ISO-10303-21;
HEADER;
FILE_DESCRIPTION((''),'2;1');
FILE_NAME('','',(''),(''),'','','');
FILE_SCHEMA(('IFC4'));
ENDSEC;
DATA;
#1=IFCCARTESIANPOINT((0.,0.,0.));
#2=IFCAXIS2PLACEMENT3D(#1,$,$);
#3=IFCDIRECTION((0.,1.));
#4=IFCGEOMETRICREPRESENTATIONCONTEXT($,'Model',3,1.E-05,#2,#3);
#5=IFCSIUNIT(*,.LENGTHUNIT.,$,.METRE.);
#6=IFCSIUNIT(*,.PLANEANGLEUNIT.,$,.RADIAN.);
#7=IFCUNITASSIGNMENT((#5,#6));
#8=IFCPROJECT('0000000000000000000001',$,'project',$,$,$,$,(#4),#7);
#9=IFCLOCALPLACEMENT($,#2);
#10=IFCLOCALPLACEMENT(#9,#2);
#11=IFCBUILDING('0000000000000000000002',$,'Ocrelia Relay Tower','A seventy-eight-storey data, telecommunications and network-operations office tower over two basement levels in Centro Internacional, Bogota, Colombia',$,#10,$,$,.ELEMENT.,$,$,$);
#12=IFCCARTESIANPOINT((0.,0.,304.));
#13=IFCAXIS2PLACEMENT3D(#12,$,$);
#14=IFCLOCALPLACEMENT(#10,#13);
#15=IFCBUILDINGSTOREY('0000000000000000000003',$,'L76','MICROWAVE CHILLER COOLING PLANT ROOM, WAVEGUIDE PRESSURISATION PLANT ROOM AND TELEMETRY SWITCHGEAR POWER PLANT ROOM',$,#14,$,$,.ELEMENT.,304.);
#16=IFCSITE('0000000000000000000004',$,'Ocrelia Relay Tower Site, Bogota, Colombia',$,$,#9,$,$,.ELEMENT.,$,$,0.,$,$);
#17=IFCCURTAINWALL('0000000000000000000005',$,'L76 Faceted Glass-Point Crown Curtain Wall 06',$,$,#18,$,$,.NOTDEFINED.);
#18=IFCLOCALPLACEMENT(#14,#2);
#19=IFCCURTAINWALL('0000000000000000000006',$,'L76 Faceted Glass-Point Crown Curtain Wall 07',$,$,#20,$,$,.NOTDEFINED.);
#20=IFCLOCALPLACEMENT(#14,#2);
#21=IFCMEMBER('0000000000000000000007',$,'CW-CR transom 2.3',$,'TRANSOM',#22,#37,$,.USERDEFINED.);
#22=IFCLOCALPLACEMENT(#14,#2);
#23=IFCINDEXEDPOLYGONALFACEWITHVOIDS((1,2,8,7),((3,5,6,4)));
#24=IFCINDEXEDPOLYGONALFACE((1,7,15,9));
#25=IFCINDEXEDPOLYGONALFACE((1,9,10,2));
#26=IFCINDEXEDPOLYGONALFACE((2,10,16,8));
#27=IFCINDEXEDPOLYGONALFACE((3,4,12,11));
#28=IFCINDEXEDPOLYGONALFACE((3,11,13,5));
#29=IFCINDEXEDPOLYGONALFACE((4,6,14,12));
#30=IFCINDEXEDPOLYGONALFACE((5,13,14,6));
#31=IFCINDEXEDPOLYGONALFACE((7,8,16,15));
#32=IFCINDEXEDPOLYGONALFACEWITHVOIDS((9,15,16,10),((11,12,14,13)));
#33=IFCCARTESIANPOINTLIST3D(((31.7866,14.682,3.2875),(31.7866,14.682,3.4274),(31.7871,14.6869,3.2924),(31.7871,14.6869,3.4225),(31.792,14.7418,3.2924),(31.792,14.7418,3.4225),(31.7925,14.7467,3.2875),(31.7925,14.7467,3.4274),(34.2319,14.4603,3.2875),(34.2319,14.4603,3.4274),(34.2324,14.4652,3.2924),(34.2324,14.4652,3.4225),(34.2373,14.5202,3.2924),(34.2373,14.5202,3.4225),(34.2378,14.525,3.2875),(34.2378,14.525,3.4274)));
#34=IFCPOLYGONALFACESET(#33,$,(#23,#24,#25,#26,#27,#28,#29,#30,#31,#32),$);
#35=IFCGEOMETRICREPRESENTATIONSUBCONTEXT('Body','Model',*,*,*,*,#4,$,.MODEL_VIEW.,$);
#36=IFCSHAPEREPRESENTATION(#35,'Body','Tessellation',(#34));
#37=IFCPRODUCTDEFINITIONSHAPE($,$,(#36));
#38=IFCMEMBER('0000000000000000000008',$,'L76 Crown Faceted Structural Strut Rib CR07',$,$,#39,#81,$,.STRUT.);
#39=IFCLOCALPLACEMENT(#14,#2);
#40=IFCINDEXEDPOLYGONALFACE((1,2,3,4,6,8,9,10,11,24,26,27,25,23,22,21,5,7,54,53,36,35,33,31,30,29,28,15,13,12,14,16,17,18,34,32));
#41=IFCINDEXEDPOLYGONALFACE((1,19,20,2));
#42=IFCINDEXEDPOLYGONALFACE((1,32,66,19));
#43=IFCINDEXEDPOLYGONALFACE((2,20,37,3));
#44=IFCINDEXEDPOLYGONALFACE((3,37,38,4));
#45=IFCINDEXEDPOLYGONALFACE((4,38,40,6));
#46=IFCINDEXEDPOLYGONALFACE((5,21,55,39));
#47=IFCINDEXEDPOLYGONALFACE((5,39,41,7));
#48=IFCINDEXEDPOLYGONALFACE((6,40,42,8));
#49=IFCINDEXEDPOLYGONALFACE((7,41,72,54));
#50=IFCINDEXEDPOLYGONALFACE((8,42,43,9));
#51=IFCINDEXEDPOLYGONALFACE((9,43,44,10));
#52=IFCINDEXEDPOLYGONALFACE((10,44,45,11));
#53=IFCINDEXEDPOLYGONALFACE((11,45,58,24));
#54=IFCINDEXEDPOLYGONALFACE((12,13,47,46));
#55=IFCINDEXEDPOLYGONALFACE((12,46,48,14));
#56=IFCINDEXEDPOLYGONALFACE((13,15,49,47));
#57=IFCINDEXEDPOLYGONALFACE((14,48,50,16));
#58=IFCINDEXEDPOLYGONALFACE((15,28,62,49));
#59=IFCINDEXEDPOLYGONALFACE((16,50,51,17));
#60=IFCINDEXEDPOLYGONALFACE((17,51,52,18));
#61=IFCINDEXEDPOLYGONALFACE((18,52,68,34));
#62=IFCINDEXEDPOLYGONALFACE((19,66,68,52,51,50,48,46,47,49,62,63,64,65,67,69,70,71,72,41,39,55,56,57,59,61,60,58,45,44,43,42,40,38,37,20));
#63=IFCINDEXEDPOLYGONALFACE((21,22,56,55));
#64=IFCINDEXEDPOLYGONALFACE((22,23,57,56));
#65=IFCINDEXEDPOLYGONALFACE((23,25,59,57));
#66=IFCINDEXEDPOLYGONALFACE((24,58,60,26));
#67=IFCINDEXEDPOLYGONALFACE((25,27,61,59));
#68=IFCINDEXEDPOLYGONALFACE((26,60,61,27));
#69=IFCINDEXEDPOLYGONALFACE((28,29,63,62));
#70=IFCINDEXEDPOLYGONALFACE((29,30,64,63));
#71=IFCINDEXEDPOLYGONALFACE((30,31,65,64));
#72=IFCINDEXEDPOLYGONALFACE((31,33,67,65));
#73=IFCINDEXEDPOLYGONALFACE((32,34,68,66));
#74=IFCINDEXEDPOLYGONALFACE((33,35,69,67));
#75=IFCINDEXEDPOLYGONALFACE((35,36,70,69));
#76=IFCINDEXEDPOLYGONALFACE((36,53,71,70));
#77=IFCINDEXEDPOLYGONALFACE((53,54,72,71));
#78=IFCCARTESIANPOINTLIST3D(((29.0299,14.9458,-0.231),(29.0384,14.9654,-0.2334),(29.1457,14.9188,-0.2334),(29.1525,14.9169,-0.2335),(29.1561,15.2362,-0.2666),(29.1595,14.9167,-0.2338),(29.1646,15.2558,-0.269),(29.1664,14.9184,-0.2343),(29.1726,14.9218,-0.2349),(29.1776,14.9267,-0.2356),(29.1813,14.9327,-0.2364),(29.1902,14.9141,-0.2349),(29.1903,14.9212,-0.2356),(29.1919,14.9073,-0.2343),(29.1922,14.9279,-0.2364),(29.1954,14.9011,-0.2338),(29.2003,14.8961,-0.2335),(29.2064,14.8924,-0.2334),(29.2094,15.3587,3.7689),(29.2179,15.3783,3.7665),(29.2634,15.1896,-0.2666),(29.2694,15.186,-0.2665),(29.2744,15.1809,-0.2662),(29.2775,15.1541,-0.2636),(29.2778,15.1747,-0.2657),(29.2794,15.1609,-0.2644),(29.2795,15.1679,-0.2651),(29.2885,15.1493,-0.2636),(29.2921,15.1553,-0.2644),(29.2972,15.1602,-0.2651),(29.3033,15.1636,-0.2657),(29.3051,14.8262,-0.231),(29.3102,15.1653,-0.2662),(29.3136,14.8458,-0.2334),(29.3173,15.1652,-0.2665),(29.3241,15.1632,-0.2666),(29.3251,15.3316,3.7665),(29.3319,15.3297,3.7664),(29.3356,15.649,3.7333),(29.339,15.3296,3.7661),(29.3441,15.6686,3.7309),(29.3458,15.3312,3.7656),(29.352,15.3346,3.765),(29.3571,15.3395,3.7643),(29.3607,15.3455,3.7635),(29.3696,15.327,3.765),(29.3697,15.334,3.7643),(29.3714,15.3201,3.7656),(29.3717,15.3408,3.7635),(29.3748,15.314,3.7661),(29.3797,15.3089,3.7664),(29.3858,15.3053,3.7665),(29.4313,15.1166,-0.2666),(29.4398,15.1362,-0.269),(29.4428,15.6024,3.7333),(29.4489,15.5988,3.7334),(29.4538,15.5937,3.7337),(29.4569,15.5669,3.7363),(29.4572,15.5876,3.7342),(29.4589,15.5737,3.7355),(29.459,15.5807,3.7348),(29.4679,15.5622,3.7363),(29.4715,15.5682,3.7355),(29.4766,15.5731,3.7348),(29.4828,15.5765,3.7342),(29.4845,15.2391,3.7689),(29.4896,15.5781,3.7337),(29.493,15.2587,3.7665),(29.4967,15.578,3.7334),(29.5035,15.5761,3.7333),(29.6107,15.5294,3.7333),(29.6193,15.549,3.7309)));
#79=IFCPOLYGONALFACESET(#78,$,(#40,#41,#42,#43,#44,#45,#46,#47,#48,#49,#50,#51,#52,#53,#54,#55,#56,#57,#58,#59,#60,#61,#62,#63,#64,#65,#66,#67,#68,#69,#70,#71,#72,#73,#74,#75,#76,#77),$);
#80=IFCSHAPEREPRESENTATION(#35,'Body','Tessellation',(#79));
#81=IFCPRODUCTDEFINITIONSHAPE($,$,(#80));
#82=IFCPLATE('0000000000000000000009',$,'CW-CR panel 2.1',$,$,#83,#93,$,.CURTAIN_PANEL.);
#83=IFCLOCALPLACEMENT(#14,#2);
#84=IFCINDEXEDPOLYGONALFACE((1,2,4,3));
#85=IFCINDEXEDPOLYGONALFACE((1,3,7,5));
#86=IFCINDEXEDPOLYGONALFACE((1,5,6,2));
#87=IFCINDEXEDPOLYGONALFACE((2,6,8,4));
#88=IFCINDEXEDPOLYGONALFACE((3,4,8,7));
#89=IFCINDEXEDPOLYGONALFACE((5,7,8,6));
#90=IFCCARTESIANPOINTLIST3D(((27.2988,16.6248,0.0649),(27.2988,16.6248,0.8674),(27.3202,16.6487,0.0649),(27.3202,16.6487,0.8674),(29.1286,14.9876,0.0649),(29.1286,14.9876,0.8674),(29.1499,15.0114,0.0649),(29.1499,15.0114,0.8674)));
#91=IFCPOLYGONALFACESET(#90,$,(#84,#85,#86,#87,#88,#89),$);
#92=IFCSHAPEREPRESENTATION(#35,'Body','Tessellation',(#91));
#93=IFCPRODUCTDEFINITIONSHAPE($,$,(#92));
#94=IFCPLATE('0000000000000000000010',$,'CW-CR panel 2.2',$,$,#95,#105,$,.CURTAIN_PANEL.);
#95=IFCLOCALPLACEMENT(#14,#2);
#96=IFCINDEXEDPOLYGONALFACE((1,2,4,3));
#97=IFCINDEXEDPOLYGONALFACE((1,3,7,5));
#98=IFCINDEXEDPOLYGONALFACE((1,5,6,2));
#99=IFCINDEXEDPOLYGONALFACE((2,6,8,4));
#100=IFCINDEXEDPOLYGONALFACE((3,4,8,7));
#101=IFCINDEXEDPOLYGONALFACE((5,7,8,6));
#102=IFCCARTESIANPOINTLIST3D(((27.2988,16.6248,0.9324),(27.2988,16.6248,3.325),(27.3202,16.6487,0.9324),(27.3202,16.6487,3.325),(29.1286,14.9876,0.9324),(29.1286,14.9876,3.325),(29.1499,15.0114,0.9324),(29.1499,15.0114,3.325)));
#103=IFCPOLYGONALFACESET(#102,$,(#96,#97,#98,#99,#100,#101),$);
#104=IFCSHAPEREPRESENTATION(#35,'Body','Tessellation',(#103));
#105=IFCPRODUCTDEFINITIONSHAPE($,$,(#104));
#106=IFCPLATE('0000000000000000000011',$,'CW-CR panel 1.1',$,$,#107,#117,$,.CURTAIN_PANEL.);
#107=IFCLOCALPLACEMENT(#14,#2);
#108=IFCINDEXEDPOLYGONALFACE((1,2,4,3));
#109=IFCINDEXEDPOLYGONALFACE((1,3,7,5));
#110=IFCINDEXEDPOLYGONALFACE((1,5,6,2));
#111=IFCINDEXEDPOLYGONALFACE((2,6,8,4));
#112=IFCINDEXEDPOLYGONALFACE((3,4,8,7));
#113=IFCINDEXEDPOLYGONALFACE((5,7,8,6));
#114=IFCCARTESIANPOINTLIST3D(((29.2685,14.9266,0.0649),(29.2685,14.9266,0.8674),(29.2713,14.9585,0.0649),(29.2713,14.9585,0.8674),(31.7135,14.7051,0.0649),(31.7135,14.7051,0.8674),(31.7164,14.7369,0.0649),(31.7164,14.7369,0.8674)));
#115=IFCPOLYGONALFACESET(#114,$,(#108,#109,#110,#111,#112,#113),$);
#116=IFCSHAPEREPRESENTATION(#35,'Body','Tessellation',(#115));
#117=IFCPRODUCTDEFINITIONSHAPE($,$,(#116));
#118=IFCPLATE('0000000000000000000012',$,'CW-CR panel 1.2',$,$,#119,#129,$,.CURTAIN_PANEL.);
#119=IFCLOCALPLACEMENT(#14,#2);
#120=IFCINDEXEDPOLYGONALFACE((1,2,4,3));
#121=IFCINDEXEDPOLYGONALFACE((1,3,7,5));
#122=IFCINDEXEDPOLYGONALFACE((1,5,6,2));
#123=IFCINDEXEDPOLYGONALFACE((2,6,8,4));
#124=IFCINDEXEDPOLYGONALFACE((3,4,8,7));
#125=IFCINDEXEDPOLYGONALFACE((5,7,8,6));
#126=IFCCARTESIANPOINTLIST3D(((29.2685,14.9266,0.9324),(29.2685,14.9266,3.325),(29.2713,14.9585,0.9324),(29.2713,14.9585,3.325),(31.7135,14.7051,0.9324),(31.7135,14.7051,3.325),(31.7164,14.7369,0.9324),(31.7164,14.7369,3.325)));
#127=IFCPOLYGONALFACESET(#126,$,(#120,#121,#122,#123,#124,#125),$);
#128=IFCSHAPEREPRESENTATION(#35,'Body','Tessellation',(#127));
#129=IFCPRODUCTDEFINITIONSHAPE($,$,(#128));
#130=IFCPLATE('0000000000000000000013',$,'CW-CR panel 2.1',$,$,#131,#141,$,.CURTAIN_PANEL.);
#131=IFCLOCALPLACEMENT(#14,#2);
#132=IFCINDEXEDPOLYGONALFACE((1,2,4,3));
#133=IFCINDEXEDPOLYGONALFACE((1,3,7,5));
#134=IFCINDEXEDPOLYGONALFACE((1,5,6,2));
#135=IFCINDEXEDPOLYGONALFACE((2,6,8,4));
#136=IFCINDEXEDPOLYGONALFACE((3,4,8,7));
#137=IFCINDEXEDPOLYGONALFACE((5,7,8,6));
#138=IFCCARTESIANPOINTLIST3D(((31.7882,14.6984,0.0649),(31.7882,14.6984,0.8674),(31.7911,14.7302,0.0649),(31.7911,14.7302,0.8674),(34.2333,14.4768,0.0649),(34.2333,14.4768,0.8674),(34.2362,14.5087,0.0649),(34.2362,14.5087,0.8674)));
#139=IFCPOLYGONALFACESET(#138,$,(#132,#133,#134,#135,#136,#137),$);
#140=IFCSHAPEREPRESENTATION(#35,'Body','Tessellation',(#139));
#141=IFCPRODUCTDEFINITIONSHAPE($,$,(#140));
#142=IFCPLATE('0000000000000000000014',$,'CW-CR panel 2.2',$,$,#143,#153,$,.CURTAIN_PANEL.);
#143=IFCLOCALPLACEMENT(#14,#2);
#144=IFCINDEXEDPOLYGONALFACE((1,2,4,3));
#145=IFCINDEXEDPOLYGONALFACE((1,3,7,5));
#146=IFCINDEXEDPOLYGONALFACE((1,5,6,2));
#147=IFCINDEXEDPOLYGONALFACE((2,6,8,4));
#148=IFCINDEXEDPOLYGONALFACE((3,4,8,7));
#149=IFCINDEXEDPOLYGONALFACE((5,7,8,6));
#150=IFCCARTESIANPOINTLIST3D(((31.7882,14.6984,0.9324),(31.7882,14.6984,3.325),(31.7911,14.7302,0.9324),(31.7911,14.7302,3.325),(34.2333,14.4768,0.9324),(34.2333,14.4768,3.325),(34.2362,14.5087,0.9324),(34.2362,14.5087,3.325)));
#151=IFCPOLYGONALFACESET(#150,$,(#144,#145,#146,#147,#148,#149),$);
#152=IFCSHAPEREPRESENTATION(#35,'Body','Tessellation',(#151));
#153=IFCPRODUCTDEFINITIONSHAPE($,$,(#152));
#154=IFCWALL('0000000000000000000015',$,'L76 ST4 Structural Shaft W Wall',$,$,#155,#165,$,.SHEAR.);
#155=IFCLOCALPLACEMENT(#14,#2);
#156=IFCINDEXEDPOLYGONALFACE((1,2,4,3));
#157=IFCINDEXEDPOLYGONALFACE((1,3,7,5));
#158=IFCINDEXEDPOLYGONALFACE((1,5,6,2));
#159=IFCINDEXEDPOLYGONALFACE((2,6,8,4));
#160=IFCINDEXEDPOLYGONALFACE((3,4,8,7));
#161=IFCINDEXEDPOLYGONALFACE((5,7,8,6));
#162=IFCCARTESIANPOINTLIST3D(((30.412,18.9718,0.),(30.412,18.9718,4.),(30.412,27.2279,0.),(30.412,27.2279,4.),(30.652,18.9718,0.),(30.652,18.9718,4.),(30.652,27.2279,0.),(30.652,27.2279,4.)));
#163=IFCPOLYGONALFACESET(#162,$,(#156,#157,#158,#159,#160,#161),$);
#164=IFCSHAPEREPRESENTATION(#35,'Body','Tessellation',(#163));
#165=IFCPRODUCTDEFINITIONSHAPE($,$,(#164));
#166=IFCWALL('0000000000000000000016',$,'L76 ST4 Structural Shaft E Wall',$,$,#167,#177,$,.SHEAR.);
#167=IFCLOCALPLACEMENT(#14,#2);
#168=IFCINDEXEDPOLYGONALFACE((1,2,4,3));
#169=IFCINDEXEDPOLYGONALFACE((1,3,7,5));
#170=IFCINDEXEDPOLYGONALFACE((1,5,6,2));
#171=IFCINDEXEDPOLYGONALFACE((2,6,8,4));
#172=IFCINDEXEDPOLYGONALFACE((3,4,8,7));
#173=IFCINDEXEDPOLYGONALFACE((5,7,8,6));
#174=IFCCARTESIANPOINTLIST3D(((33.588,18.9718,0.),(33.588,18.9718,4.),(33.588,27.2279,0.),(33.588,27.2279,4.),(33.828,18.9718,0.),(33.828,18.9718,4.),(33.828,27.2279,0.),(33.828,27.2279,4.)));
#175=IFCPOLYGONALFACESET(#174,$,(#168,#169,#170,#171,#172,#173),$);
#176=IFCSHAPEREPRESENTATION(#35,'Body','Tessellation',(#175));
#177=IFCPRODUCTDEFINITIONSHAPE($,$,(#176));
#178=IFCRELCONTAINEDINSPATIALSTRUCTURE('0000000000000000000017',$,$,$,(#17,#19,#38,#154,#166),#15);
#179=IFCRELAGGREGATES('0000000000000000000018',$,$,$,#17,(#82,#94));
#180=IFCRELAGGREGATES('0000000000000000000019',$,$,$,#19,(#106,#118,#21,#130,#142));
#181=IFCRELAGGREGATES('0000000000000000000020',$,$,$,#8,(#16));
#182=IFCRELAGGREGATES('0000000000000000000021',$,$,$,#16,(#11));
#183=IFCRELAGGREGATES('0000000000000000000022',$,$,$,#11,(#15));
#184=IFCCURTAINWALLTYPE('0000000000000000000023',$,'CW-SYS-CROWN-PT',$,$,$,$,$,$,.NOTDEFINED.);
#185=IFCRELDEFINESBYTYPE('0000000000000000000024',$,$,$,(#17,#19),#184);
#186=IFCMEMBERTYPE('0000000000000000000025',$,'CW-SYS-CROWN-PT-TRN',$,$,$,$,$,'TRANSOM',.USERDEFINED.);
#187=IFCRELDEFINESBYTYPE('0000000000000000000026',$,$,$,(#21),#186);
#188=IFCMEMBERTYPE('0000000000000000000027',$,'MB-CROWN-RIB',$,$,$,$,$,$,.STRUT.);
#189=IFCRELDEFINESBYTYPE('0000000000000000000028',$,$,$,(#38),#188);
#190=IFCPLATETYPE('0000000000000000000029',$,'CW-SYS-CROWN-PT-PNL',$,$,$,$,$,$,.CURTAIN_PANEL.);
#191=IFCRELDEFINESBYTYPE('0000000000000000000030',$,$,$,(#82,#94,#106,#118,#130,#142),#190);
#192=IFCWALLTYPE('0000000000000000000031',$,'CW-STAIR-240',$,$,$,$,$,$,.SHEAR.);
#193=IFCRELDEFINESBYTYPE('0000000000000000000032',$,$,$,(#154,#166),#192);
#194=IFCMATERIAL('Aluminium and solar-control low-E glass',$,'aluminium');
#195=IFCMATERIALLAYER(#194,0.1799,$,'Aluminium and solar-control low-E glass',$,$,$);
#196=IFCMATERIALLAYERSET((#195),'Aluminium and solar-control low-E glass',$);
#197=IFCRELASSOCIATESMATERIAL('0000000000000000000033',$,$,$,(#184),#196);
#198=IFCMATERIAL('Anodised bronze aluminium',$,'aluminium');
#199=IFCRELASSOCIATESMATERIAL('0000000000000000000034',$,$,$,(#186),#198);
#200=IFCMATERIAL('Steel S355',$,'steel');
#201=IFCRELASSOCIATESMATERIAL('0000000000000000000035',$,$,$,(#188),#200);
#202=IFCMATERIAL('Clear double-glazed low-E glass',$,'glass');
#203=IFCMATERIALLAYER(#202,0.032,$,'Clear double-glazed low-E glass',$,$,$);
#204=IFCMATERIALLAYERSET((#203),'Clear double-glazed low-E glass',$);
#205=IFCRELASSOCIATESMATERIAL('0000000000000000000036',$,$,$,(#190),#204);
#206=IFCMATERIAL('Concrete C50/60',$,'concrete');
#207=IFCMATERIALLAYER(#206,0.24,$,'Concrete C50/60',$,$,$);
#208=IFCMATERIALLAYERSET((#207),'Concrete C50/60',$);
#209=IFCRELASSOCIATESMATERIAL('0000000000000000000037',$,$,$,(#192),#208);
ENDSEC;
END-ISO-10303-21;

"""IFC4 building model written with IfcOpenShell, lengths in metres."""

from ifc_helpers import new_model, si_unit, direction, frame, frame_2d, origin, origin_2d, place, context, subcontext, project, spatial, rectangle, hollow_rectangle, i_section, extrude, material, layer, layer_set, material_profile, profile_set, type_object, element, aggregate, save


model = new_model("IFC4")

# Units and contexts
model_context = context("Model", 3, precision=1e-05, world=origin(), true_north=direction((0.0, 1.0)))
body_context = subcontext(model_context, "Body", "Model", "MODEL_VIEW")
ifc_project = project(units=[si_unit("LENGTHUNIT", "METRE"), si_unit("PLANEANGLEUNIT", "RADIAN")], contexts=[model_context])

# Site, building, storey
site_placement = place(None, origin())
site = spatial("IfcSite", under=ifc_project, at=site_placement, Name="Ocrelia Relay Tower Site, Bogota, Colombia", CompositionType="ELEMENT", RefElevation=0.0)
building_placement = place(site_placement, origin())
building = spatial("IfcBuilding", under=site, at=building_placement, Name="Ocrelia Relay Tower", Description="A seventy-eight-storey data, telecommunications and network-operations office tower over two basement levels in Centro Internacional, Bogota, Colombia", CompositionType="ELEMENT")
storey_placement = place(building_placement, frame((0.0, 0.0, 304.0)))
storey = spatial("IfcBuildingStorey", under=building, at=storey_placement, Name="L76", Description="MICROWAVE CHILLER COOLING PLANT ROOM, WAVEGUIDE PRESSURISATION PLANT ROOM AND TELEMETRY SWITCHGEAR POWER PLANT ROOM", CompositionType="ELEMENT", Elevation=304.0)

# Shared definitions
ifc_material_1 = material(Name="Steel S355", Category="steel")

# Curtain wall
ifc_material_2 = material(Name="Aluminium and solar-control low-E glass", Category="aluminium")
ifc_layer_1 = layer(ifc_material_2, 0.1799, Name="Aluminium and solar-control low-E glass")
ifc_layer_set_1 = layer_set([ifc_layer_1], Name="Aluminium and solar-control low-E glass")
curtain_wall_type = type_object("IfcCurtainWallType", Name="CW-SYS-CROWN-PT", PredefinedType="NOTDEFINED", material=ifc_layer_set_1)
curtain_wall_1_placement = place(storey_placement, origin())
curtain_wall_1 = element("IfcCurtainWall", 1, at=curtain_wall_1_placement, inside=storey, type_object=curtain_wall_type, Name="L76 Faceted Glass-Point Crown Curtain Wall 06", PredefinedType="NOTDEFINED")
ifc_material_3 = material(Name="Anodised bronze aluminium", Category="aluminium")

# Curtain wall, member
curtain_wall_2_placement = place(storey_placement, origin())
curtain_wall_2 = element("IfcCurtainWall", 2, at=curtain_wall_2_placement, inside=storey, type_object=curtain_wall_type, Name="L76 Faceted Glass-Point Crown Curtain Wall 07", PredefinedType="NOTDEFINED")
ifc_material_profile_1 = material_profile(ifc_material_3, hollow_rectangle(XDim=0.0649, YDim=0.1399, WallThickness=0.0049, at=origin_2d()), Name="CW-TRN-140x65")
ifc_profile_set_1 = profile_set([ifc_material_profile_1], Name="Anodised bronze aluminium")
member_type_1 = type_object("IfcMemberType", Name="CW-SYS-CROWN-PT-TRN", ElementType="TRANSOM", PredefinedType="USERDEFINED", material=ifc_profile_set_1)
member_1_placement = place(storey_placement, frame((31.7896, 14.7144, 3.3574), z_axis=(0.995916, -0.090285, 0.0), x_axis=(0.090285, 0.995916, 0.0)))
member_1 = element("IfcMember", 3, at=member_1_placement, type_object=member_type_1, Name="CW-CR transom 2.3", ObjectType="TRANSOM", PredefinedType="USERDEFINED", context=body_context, shape_type="SweptSolid", body=[
    extrude(hollow_rectangle(XDim=0.0649, YDim=0.1399, WallThickness=0.0049, at=origin_2d()), origin(), (0.0, 0.0, 1.0), 2.4553),
])

# Member
ifc_material_profile_2 = material_profile(ifc_material_1, i_section(OverallWidth=0.3, OverallDepth=0.3401, WebThickness=0.012, FlangeThickness=0.0215, FilletRadius=0.0271, at=origin_2d()), Name="HEB 340")
ifc_profile_set_2 = profile_set([ifc_material_profile_2], Name="Steel S355")
member_type_2 = type_object("IfcMemberType", Name="MB-CROWN-RIB", PredefinedType="STRUT", material=ifc_profile_set_2)
member_2_placement = place(storey_placement, frame((29.2349, 15.041, -0.25), z_axis=(0.044579, 0.102563, 0.993727), x_axis=(-0.917113, 0.398627, 0.0)))
element("IfcMember", 4, at=member_2_placement, inside=storey, type_object=member_type_2, Name="L76 Crown Faceted Structural Strut Rib CR07", PredefinedType="STRUT", context=body_context, shape_type="SweptSolid", body=[
    extrude(i_section(OverallWidth=0.3, OverallDepth=0.3401, WebThickness=0.012, FlangeThickness=0.0215, FilletRadius=0.0271, at=origin_2d()), origin(), (0.0, 0.0, 1.0), 4.0251),
])

# Plates
ifc_material_4 = material(Name="Clear double-glazed low-E glass", Category="glass")
ifc_layer_2 = layer(ifc_material_4, 0.032, Name="Clear double-glazed low-E glass")
ifc_layer_set_2 = layer_set([ifc_layer_2], Name="Clear double-glazed low-E glass")
plate_type = type_object("IfcPlateType", Name="CW-SYS-CROWN-PT-PNL", PredefinedType="CURTAIN_PANEL", material=ifc_layer_set_2)
plate_1_placement = place(storey_placement, frame((28.2244, 15.8181, 0.0649), z_axis=(0.0, 0.0, 1.0), x_axis=(0.745218, -0.666821, 0.0)))
plate_1 = element("IfcPlate", 5, at=plate_1_placement, type_object=plate_type, Name="CW-CR panel 2.1", PredefinedType="CURTAIN_PANEL", context=body_context, shape_type="SweptSolid", body=[
    extrude(rectangle(XDim=2.4553, YDim=0.032, at=origin_2d()), origin(), (0.0, 0.0, 1.0), 0.8025),
])
plate_2_placement = place(storey_placement, frame((28.2244, 15.8181, 0.9324), z_axis=(0.0, 0.0, 1.0), x_axis=(0.745218, -0.666821, 0.0)))
plate_2 = element("IfcPlate", 6, at=plate_2_placement, type_object=plate_type, Name="CW-CR panel 2.2", PredefinedType="CURTAIN_PANEL", context=body_context, shape_type="SweptSolid", body=[
    extrude(rectangle(XDim=2.4553, YDim=0.032, at=origin_2d()), origin(), (0.0, 0.0, 1.0), 2.3926),
])
aggregate(curtain_wall_1, [plate_1, plate_2])
plate_3_placement = place(storey_placement, frame((30.4924, 14.8318, 0.0649), z_axis=(0.0, 0.0, 1.0), x_axis=(0.99592, -0.090237, 0.0)))
plate_3 = element("IfcPlate", 7, at=plate_3_placement, type_object=plate_type, Name="CW-CR panel 1.1", PredefinedType="CURTAIN_PANEL", context=body_context, shape_type="SweptSolid", body=[
    extrude(rectangle(XDim=2.4551, YDim=0.032, at=origin_2d()), origin(), (0.0, 0.0, 1.0), 0.8025),
])
plate_4_placement = place(storey_placement, frame((30.4924, 14.8318, 0.9324), z_axis=(0.0, 0.0, 1.0), x_axis=(0.99592, -0.090237, 0.0)))
plate_4 = element("IfcPlate", 8, at=plate_4_placement, type_object=plate_type, Name="CW-CR panel 1.2", PredefinedType="CURTAIN_PANEL", context=body_context, shape_type="SweptSolid", body=[
    extrude(rectangle(XDim=2.4551, YDim=0.032, at=origin_2d()), origin(), (0.0, 0.0, 1.0), 2.3926),
])
plate_5_placement = place(storey_placement, frame((33.0122, 14.6035, 0.0649), z_axis=(0.0, 0.0, 1.0), x_axis=(0.99592, -0.090237, 0.0)))
plate_5 = element("IfcPlate", 9, at=plate_5_placement, type_object=plate_type, Name="CW-CR panel 2.1", PredefinedType="CURTAIN_PANEL", context=body_context, shape_type="SweptSolid", body=[
    extrude(rectangle(XDim=2.4551, YDim=0.032, at=origin_2d()), origin(), (0.0, 0.0, 1.0), 0.8025),
])
plate_6_placement = place(storey_placement, frame((33.0122, 14.6035, 0.9324), z_axis=(0.0, 0.0, 1.0), x_axis=(0.99592, -0.090237, 0.0)))
plate_6 = element("IfcPlate", 10, at=plate_6_placement, type_object=plate_type, Name="CW-CR panel 2.2", PredefinedType="CURTAIN_PANEL", context=body_context, shape_type="SweptSolid", body=[
    extrude(rectangle(XDim=2.4551, YDim=0.032, at=origin_2d()), origin(), (0.0, 0.0, 1.0), 2.3926),
])
aggregate(curtain_wall_2, [plate_3, plate_4, member_1, plate_5, plate_6])

# Shared definitions
ifc_material_5 = material(Name="Concrete C50/60", Category="concrete")
ifc_layer_3 = layer(ifc_material_5, 0.24, Name="Concrete C50/60")
ifc_layer_set_3 = layer_set([ifc_layer_3], Name="Concrete C50/60")
wall_type_1 = type_object("IfcWallType", Name="CW-STAIR-240", PredefinedType="SHEAR", material=ifc_layer_set_3)

# Walls
for number, where, z_axis, x_axis, name in (
    (11, (30.532, 18.9719, 0.0), (0.0, 0.0, 1.0), (0.0, 1.0, 0.0), "L76 ST4 Structural Shaft W Wall"),
    (12, (33.708, 18.9719, 0.0), (0.0, 0.0, 1.0), (0.0, 1.0, 0.0), "L76 ST4 Structural Shaft E Wall"),
):
    element("IfcWall", number, at=place(storey_placement, frame(where, z_axis=z_axis, x_axis=x_axis)), inside=storey, type_object=wall_type_1, Name=name, PredefinedType="SHEAR", context=body_context, shape_type="SweptSolid", body=[
        extrude(rectangle(XDim=8.2561, YDim=0.24, at=frame_2d((4.1279, 0.0))), origin(), (0.0, 0.0, 1.0), 4.0),
    ])

save(model, "model.ifc")
